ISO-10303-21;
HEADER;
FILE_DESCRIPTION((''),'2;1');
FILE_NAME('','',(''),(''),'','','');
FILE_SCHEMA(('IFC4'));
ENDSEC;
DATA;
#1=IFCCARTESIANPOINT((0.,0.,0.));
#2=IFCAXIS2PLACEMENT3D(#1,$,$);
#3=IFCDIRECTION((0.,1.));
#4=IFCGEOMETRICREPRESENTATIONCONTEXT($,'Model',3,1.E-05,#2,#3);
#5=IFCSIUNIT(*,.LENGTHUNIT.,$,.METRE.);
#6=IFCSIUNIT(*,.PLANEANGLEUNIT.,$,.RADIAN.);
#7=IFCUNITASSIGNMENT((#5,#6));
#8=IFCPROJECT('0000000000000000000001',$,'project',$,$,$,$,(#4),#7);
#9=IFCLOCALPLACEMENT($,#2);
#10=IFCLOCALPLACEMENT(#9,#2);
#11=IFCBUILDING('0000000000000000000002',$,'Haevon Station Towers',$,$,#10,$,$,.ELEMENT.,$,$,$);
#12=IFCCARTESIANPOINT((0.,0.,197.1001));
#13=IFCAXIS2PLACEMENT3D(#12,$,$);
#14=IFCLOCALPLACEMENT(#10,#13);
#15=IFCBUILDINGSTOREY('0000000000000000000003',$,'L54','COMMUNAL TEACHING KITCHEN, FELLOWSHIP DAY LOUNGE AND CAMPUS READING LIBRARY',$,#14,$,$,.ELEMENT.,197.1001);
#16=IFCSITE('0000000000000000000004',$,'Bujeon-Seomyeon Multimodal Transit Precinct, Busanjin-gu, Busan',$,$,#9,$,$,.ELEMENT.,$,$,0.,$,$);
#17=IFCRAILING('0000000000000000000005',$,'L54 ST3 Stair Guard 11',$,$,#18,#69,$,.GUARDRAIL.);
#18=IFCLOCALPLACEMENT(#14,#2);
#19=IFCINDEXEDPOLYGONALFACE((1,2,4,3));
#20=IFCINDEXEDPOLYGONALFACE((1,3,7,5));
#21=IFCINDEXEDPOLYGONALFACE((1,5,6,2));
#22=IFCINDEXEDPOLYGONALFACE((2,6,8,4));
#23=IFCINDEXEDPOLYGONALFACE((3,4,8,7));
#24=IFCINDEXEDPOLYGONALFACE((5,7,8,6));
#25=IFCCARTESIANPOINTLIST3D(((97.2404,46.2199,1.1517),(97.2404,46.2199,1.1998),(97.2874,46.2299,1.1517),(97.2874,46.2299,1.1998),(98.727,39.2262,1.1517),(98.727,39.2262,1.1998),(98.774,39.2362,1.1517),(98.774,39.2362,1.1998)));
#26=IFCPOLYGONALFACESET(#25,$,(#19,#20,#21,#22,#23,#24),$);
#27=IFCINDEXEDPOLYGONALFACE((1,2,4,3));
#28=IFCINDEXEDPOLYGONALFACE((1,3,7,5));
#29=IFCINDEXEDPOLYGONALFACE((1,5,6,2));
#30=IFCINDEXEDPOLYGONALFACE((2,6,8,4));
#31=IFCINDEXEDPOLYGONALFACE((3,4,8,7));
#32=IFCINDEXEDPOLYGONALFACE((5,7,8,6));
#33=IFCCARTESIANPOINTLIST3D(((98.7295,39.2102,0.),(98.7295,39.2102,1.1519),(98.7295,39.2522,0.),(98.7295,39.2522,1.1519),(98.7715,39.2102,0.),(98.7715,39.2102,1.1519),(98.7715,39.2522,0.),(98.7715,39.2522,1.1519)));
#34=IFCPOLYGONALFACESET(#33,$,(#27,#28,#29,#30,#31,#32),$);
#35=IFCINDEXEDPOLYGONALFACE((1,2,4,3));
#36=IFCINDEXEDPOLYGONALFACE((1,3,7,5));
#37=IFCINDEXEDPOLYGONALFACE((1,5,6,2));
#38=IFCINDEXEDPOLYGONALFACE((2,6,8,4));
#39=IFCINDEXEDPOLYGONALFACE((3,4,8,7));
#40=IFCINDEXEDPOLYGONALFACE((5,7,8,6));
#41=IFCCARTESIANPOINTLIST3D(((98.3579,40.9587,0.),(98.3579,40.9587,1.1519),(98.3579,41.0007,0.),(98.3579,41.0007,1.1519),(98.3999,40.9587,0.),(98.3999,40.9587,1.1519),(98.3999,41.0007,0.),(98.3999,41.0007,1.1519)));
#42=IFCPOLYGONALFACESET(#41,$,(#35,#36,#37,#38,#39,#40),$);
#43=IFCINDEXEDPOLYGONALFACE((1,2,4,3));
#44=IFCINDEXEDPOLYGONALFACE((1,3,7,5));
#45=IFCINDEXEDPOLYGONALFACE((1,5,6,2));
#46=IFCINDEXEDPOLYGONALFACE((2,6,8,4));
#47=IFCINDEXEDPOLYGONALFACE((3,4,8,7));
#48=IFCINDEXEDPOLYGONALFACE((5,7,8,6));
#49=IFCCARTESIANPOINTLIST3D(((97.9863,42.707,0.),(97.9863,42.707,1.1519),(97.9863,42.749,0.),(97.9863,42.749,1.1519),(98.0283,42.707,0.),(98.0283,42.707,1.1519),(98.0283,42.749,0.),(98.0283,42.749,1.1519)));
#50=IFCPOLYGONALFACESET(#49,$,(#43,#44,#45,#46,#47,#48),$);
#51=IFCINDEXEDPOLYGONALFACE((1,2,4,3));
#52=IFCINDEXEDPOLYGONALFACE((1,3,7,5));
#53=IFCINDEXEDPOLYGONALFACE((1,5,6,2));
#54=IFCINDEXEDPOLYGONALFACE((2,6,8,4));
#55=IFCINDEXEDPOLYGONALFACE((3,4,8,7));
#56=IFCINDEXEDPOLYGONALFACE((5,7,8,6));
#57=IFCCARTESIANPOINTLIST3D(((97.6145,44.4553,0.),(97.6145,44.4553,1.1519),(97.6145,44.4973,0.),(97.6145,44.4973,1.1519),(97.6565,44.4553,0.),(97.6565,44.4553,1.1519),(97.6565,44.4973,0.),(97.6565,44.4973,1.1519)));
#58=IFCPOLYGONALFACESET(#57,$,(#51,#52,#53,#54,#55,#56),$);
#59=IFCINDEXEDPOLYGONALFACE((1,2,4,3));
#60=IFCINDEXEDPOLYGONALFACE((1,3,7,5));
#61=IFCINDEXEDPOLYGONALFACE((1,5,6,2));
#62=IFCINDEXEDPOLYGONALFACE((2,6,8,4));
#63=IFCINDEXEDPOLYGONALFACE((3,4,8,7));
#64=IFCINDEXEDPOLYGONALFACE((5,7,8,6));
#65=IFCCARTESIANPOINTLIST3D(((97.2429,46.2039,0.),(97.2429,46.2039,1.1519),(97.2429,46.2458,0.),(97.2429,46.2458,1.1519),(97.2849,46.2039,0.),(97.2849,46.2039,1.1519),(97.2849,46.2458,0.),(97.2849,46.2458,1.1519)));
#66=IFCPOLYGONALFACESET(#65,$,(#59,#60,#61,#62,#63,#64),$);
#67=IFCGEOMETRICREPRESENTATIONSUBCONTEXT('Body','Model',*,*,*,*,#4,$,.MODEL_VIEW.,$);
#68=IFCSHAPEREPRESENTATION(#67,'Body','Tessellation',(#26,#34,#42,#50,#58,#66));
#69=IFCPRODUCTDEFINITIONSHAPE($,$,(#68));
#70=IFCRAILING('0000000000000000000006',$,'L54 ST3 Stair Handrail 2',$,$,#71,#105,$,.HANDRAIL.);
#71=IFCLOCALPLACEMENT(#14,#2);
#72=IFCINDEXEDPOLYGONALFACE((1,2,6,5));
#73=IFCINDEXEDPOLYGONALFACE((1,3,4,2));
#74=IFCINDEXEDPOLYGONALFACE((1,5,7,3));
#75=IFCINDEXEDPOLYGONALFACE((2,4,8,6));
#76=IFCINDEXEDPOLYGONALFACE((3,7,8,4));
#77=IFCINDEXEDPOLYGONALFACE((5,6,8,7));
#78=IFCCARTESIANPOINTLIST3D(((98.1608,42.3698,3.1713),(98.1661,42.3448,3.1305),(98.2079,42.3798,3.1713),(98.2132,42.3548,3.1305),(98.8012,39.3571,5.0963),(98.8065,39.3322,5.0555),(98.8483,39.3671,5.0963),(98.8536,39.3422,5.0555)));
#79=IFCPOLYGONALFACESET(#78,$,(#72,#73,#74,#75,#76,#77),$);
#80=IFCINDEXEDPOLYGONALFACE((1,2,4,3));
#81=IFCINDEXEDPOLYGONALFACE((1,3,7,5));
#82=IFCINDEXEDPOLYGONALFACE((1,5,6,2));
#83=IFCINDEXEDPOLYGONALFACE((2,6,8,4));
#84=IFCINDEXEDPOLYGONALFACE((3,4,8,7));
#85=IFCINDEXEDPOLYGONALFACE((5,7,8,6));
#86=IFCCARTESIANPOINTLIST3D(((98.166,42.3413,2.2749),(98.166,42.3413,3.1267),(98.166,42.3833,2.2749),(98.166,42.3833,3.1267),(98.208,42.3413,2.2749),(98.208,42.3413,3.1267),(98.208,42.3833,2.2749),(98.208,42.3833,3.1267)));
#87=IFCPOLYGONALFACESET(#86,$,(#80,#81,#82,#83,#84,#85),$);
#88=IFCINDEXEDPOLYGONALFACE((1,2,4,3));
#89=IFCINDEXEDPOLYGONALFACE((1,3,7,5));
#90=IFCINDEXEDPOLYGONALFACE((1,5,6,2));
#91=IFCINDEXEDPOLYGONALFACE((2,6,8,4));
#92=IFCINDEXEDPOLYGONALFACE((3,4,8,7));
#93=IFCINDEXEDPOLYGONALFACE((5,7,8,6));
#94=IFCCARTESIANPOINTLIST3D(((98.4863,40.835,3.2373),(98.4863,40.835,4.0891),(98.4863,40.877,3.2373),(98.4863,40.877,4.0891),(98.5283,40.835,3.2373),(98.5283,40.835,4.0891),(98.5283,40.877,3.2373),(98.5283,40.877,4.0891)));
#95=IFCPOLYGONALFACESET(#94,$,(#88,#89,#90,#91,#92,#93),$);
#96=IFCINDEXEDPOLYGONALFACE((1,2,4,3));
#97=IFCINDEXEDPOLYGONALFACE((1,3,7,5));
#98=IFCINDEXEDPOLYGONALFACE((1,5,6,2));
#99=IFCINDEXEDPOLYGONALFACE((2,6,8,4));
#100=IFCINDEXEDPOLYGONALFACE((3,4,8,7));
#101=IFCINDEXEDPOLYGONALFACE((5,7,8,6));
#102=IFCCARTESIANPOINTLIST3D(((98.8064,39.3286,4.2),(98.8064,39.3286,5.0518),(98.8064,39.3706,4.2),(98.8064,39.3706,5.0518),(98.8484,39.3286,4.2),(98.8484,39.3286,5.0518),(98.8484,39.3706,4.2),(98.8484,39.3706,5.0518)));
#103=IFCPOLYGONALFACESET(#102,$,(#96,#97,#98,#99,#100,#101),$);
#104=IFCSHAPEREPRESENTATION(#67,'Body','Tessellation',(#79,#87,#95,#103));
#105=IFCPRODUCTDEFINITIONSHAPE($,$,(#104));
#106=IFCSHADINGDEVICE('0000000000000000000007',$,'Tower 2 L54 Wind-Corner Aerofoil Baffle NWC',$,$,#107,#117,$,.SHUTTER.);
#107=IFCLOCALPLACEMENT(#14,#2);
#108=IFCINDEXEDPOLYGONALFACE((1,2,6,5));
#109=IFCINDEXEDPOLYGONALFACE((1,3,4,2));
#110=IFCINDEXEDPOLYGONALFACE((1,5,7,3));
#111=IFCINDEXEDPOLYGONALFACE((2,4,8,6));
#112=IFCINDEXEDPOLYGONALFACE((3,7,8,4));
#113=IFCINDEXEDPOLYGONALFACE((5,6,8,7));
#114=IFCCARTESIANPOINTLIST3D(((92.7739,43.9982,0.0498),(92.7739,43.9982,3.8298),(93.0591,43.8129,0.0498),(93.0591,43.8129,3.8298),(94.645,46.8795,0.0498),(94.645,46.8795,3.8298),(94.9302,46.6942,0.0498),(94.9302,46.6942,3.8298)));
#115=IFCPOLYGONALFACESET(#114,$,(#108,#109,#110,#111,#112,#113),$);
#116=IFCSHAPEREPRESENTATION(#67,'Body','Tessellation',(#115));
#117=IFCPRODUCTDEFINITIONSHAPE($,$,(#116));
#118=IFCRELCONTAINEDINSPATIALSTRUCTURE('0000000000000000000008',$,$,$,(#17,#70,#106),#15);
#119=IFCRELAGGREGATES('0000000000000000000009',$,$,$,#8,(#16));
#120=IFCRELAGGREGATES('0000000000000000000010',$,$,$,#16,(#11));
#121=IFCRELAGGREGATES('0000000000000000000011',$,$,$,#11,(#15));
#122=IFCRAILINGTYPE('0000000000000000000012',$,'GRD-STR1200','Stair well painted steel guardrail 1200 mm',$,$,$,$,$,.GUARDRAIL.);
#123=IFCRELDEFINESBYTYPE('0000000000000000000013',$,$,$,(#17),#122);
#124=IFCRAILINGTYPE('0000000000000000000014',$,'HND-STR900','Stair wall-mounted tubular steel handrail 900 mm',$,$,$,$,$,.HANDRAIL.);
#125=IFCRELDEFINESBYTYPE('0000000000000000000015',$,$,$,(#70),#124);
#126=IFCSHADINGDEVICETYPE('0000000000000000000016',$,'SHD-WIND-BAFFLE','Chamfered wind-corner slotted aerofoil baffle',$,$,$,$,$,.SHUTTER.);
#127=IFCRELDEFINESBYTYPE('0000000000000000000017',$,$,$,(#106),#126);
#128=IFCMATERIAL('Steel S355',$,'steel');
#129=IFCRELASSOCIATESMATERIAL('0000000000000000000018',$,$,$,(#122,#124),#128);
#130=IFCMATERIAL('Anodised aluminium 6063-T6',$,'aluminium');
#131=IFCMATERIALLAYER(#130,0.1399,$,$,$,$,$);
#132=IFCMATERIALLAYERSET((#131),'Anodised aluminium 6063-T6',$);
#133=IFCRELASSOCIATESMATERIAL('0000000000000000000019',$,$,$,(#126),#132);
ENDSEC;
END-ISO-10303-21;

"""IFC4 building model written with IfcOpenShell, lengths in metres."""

from ifc_helpers import new_model, si_unit, direction, frame, origin, origin_2d, place, context, subcontext, project, spatial, rectangle, extrude, material, layer, layer_set, type_object, element, save


model = new_model("IFC4")

# Units and contexts
model_context = context("Model", 3, precision=1e-05, world=origin(), true_north=direction((0.0, 1.0)))
body_context = subcontext(model_context, "Body", "Model", "MODEL_VIEW")
ifc_project = project(units=[si_unit("LENGTHUNIT", "METRE"), si_unit("PLANEANGLEUNIT", "RADIAN")], contexts=[model_context])

# Site, building, storey
site_placement = place(None, origin())
site = spatial("IfcSite", under=ifc_project, at=site_placement, Name="Bujeon-Seomyeon Multimodal Transit Precinct, Busanjin-gu, Busan", CompositionType="ELEMENT", RefElevation=0.0)
building_placement = place(site_placement, origin())
building = spatial("IfcBuilding", under=site, at=building_placement, Name="Haevon Station Towers", CompositionType="ELEMENT")
storey_placement = place(building_placement, frame((0.0, 0.0, 197.1001)))
storey = spatial("IfcBuildingStorey", under=building, at=storey_placement, Name="L54", Description="COMMUNAL TEACHING KITCHEN, FELLOWSHIP DAY LOUNGE AND CAMPUS READING LIBRARY", CompositionType="ELEMENT", Elevation=197.1001)

# Shared definitions
ifc_material_1 = material(Name="Steel S355", Category="steel")

# Railings
railing_type_1 = type_object("IfcRailingType", Name="GRD-STR1200", Description="Stair well painted steel guardrail 1200 mm", PredefinedType="GUARDRAIL", material=ifc_material_1)
railing_1_placement = place(storey_placement, frame((98.7505, 39.2312, 0.0)))
element("IfcRailing", 1, at=railing_1_placement, inside=storey, type_object=railing_type_1, Name="L54 ST3 Stair Guard 11", PredefinedType="GUARDRAIL", context=body_context, shape_type="SweptSolid", body=[
    extrude(rectangle(XDim=0.0481, YDim=0.0481, at=origin_2d()), frame((0.0, 0.0, 1.1758), z_axis=(-0.207915, 0.978147, 0.0), x_axis=(-0.978147, -0.207915, 0.0)), (0.0, 0.0, 1.0), 7.1499),
    extrude(rectangle(XDim=0.042, YDim=0.042, at=origin_2d()), origin(), (0.0, 0.0, 1.0), 1.1519),
    extrude(rectangle(XDim=0.042, YDim=0.042, at=origin_2d()), frame((-0.3716, 1.7485, 0.0)), (0.0, 0.0, 1.0), 1.1519),
    extrude(rectangle(XDim=0.042, YDim=0.042, at=origin_2d()), frame((-0.7432, 3.4968, 0.0)), (0.0, 0.0, 1.0), 1.1519),
    extrude(rectangle(XDim=0.042, YDim=0.042, at=origin_2d()), frame((-1.115, 5.2451, 0.0)), (0.0, 0.0, 1.0), 1.1519),
    extrude(rectangle(XDim=0.042, YDim=0.042, at=origin_2d()), frame((-1.4866, 6.9937, 0.0)), (0.0, 0.0, 1.0), 1.1519),
])
railing_type_2 = type_object("IfcRailingType", Name="HND-STR900", Description="Stair wall-mounted tubular steel handrail 900 mm", PredefinedType="HANDRAIL", material=ifc_material_1)
railing_2_placement = place(storey_placement, frame((98.187, 42.3623, 2.2749)))
element("IfcRailing", 2, at=railing_2_placement, inside=storey, type_object=railing_type_2, Name="L54 ST3 Stair Handrail 2", PredefinedType="HANDRAIL", context=body_context, shape_type="SweptSolid", body=[
    extrude(rectangle(XDim=0.0481, YDim=0.0481, at=origin_2d()), frame((0.0, 0.0, 0.876), z_axis=(0.176311, -0.829461, 0.530008), x_axis=(0.978147, 0.207916, 0.0)), (0.0, 0.0, 1.0), 3.6321),
    extrude(rectangle(XDim=0.042, YDim=0.042, at=origin_2d()), origin(), (0.0, 0.0, 1.0), 0.8518),
    extrude(rectangle(XDim=0.042, YDim=0.042, at=origin_2d()), frame((0.3203, -1.5063, 0.9624)), (0.0, 0.0, 1.0), 0.8518),
    extrude(rectangle(XDim=0.042, YDim=0.042, at=origin_2d()), frame((0.6404, -3.0127, 1.925)), (0.0, 0.0, 1.0), 0.8518),
])

# Shading device
ifc_material_2 = material(Name="Anodised aluminium 6063-T6", Category="aluminium")
ifc_layer_1 = layer(ifc_material_2, 0.1399)
ifc_layer_set_1 = layer_set([ifc_layer_1], Name="Anodised aluminium 6063-T6")
shading_device_type = type_object("IfcShadingDeviceType", Name="SHD-WIND-BAFFLE", Description="Chamfered wind-corner slotted aerofoil baffle", PredefinedType="SHUTTER", material=ifc_layer_set_1)
shading_device_placement = place(storey_placement, frame((93.8521, 45.3462, 0.0498), z_axis=(0.0, 0.0, 1.0), x_axis=(0.544639, 0.838671, 0.0)))
element("IfcShadingDevice", 3, at=shading_device_placement, inside=storey, type_object=shading_device_type, Name="Tower 2 L54 Wind-Corner Aerofoil Baffle NWC", PredefinedType="SHUTTER", context=body_context, shape_type="SweptSolid", body=[
    extrude(rectangle(XDim=3.4355, YDim=0.3401, at=origin_2d()), origin(), (0.0, 0.0, 1.0), 3.78),
])

save(model, "model.ifc")
